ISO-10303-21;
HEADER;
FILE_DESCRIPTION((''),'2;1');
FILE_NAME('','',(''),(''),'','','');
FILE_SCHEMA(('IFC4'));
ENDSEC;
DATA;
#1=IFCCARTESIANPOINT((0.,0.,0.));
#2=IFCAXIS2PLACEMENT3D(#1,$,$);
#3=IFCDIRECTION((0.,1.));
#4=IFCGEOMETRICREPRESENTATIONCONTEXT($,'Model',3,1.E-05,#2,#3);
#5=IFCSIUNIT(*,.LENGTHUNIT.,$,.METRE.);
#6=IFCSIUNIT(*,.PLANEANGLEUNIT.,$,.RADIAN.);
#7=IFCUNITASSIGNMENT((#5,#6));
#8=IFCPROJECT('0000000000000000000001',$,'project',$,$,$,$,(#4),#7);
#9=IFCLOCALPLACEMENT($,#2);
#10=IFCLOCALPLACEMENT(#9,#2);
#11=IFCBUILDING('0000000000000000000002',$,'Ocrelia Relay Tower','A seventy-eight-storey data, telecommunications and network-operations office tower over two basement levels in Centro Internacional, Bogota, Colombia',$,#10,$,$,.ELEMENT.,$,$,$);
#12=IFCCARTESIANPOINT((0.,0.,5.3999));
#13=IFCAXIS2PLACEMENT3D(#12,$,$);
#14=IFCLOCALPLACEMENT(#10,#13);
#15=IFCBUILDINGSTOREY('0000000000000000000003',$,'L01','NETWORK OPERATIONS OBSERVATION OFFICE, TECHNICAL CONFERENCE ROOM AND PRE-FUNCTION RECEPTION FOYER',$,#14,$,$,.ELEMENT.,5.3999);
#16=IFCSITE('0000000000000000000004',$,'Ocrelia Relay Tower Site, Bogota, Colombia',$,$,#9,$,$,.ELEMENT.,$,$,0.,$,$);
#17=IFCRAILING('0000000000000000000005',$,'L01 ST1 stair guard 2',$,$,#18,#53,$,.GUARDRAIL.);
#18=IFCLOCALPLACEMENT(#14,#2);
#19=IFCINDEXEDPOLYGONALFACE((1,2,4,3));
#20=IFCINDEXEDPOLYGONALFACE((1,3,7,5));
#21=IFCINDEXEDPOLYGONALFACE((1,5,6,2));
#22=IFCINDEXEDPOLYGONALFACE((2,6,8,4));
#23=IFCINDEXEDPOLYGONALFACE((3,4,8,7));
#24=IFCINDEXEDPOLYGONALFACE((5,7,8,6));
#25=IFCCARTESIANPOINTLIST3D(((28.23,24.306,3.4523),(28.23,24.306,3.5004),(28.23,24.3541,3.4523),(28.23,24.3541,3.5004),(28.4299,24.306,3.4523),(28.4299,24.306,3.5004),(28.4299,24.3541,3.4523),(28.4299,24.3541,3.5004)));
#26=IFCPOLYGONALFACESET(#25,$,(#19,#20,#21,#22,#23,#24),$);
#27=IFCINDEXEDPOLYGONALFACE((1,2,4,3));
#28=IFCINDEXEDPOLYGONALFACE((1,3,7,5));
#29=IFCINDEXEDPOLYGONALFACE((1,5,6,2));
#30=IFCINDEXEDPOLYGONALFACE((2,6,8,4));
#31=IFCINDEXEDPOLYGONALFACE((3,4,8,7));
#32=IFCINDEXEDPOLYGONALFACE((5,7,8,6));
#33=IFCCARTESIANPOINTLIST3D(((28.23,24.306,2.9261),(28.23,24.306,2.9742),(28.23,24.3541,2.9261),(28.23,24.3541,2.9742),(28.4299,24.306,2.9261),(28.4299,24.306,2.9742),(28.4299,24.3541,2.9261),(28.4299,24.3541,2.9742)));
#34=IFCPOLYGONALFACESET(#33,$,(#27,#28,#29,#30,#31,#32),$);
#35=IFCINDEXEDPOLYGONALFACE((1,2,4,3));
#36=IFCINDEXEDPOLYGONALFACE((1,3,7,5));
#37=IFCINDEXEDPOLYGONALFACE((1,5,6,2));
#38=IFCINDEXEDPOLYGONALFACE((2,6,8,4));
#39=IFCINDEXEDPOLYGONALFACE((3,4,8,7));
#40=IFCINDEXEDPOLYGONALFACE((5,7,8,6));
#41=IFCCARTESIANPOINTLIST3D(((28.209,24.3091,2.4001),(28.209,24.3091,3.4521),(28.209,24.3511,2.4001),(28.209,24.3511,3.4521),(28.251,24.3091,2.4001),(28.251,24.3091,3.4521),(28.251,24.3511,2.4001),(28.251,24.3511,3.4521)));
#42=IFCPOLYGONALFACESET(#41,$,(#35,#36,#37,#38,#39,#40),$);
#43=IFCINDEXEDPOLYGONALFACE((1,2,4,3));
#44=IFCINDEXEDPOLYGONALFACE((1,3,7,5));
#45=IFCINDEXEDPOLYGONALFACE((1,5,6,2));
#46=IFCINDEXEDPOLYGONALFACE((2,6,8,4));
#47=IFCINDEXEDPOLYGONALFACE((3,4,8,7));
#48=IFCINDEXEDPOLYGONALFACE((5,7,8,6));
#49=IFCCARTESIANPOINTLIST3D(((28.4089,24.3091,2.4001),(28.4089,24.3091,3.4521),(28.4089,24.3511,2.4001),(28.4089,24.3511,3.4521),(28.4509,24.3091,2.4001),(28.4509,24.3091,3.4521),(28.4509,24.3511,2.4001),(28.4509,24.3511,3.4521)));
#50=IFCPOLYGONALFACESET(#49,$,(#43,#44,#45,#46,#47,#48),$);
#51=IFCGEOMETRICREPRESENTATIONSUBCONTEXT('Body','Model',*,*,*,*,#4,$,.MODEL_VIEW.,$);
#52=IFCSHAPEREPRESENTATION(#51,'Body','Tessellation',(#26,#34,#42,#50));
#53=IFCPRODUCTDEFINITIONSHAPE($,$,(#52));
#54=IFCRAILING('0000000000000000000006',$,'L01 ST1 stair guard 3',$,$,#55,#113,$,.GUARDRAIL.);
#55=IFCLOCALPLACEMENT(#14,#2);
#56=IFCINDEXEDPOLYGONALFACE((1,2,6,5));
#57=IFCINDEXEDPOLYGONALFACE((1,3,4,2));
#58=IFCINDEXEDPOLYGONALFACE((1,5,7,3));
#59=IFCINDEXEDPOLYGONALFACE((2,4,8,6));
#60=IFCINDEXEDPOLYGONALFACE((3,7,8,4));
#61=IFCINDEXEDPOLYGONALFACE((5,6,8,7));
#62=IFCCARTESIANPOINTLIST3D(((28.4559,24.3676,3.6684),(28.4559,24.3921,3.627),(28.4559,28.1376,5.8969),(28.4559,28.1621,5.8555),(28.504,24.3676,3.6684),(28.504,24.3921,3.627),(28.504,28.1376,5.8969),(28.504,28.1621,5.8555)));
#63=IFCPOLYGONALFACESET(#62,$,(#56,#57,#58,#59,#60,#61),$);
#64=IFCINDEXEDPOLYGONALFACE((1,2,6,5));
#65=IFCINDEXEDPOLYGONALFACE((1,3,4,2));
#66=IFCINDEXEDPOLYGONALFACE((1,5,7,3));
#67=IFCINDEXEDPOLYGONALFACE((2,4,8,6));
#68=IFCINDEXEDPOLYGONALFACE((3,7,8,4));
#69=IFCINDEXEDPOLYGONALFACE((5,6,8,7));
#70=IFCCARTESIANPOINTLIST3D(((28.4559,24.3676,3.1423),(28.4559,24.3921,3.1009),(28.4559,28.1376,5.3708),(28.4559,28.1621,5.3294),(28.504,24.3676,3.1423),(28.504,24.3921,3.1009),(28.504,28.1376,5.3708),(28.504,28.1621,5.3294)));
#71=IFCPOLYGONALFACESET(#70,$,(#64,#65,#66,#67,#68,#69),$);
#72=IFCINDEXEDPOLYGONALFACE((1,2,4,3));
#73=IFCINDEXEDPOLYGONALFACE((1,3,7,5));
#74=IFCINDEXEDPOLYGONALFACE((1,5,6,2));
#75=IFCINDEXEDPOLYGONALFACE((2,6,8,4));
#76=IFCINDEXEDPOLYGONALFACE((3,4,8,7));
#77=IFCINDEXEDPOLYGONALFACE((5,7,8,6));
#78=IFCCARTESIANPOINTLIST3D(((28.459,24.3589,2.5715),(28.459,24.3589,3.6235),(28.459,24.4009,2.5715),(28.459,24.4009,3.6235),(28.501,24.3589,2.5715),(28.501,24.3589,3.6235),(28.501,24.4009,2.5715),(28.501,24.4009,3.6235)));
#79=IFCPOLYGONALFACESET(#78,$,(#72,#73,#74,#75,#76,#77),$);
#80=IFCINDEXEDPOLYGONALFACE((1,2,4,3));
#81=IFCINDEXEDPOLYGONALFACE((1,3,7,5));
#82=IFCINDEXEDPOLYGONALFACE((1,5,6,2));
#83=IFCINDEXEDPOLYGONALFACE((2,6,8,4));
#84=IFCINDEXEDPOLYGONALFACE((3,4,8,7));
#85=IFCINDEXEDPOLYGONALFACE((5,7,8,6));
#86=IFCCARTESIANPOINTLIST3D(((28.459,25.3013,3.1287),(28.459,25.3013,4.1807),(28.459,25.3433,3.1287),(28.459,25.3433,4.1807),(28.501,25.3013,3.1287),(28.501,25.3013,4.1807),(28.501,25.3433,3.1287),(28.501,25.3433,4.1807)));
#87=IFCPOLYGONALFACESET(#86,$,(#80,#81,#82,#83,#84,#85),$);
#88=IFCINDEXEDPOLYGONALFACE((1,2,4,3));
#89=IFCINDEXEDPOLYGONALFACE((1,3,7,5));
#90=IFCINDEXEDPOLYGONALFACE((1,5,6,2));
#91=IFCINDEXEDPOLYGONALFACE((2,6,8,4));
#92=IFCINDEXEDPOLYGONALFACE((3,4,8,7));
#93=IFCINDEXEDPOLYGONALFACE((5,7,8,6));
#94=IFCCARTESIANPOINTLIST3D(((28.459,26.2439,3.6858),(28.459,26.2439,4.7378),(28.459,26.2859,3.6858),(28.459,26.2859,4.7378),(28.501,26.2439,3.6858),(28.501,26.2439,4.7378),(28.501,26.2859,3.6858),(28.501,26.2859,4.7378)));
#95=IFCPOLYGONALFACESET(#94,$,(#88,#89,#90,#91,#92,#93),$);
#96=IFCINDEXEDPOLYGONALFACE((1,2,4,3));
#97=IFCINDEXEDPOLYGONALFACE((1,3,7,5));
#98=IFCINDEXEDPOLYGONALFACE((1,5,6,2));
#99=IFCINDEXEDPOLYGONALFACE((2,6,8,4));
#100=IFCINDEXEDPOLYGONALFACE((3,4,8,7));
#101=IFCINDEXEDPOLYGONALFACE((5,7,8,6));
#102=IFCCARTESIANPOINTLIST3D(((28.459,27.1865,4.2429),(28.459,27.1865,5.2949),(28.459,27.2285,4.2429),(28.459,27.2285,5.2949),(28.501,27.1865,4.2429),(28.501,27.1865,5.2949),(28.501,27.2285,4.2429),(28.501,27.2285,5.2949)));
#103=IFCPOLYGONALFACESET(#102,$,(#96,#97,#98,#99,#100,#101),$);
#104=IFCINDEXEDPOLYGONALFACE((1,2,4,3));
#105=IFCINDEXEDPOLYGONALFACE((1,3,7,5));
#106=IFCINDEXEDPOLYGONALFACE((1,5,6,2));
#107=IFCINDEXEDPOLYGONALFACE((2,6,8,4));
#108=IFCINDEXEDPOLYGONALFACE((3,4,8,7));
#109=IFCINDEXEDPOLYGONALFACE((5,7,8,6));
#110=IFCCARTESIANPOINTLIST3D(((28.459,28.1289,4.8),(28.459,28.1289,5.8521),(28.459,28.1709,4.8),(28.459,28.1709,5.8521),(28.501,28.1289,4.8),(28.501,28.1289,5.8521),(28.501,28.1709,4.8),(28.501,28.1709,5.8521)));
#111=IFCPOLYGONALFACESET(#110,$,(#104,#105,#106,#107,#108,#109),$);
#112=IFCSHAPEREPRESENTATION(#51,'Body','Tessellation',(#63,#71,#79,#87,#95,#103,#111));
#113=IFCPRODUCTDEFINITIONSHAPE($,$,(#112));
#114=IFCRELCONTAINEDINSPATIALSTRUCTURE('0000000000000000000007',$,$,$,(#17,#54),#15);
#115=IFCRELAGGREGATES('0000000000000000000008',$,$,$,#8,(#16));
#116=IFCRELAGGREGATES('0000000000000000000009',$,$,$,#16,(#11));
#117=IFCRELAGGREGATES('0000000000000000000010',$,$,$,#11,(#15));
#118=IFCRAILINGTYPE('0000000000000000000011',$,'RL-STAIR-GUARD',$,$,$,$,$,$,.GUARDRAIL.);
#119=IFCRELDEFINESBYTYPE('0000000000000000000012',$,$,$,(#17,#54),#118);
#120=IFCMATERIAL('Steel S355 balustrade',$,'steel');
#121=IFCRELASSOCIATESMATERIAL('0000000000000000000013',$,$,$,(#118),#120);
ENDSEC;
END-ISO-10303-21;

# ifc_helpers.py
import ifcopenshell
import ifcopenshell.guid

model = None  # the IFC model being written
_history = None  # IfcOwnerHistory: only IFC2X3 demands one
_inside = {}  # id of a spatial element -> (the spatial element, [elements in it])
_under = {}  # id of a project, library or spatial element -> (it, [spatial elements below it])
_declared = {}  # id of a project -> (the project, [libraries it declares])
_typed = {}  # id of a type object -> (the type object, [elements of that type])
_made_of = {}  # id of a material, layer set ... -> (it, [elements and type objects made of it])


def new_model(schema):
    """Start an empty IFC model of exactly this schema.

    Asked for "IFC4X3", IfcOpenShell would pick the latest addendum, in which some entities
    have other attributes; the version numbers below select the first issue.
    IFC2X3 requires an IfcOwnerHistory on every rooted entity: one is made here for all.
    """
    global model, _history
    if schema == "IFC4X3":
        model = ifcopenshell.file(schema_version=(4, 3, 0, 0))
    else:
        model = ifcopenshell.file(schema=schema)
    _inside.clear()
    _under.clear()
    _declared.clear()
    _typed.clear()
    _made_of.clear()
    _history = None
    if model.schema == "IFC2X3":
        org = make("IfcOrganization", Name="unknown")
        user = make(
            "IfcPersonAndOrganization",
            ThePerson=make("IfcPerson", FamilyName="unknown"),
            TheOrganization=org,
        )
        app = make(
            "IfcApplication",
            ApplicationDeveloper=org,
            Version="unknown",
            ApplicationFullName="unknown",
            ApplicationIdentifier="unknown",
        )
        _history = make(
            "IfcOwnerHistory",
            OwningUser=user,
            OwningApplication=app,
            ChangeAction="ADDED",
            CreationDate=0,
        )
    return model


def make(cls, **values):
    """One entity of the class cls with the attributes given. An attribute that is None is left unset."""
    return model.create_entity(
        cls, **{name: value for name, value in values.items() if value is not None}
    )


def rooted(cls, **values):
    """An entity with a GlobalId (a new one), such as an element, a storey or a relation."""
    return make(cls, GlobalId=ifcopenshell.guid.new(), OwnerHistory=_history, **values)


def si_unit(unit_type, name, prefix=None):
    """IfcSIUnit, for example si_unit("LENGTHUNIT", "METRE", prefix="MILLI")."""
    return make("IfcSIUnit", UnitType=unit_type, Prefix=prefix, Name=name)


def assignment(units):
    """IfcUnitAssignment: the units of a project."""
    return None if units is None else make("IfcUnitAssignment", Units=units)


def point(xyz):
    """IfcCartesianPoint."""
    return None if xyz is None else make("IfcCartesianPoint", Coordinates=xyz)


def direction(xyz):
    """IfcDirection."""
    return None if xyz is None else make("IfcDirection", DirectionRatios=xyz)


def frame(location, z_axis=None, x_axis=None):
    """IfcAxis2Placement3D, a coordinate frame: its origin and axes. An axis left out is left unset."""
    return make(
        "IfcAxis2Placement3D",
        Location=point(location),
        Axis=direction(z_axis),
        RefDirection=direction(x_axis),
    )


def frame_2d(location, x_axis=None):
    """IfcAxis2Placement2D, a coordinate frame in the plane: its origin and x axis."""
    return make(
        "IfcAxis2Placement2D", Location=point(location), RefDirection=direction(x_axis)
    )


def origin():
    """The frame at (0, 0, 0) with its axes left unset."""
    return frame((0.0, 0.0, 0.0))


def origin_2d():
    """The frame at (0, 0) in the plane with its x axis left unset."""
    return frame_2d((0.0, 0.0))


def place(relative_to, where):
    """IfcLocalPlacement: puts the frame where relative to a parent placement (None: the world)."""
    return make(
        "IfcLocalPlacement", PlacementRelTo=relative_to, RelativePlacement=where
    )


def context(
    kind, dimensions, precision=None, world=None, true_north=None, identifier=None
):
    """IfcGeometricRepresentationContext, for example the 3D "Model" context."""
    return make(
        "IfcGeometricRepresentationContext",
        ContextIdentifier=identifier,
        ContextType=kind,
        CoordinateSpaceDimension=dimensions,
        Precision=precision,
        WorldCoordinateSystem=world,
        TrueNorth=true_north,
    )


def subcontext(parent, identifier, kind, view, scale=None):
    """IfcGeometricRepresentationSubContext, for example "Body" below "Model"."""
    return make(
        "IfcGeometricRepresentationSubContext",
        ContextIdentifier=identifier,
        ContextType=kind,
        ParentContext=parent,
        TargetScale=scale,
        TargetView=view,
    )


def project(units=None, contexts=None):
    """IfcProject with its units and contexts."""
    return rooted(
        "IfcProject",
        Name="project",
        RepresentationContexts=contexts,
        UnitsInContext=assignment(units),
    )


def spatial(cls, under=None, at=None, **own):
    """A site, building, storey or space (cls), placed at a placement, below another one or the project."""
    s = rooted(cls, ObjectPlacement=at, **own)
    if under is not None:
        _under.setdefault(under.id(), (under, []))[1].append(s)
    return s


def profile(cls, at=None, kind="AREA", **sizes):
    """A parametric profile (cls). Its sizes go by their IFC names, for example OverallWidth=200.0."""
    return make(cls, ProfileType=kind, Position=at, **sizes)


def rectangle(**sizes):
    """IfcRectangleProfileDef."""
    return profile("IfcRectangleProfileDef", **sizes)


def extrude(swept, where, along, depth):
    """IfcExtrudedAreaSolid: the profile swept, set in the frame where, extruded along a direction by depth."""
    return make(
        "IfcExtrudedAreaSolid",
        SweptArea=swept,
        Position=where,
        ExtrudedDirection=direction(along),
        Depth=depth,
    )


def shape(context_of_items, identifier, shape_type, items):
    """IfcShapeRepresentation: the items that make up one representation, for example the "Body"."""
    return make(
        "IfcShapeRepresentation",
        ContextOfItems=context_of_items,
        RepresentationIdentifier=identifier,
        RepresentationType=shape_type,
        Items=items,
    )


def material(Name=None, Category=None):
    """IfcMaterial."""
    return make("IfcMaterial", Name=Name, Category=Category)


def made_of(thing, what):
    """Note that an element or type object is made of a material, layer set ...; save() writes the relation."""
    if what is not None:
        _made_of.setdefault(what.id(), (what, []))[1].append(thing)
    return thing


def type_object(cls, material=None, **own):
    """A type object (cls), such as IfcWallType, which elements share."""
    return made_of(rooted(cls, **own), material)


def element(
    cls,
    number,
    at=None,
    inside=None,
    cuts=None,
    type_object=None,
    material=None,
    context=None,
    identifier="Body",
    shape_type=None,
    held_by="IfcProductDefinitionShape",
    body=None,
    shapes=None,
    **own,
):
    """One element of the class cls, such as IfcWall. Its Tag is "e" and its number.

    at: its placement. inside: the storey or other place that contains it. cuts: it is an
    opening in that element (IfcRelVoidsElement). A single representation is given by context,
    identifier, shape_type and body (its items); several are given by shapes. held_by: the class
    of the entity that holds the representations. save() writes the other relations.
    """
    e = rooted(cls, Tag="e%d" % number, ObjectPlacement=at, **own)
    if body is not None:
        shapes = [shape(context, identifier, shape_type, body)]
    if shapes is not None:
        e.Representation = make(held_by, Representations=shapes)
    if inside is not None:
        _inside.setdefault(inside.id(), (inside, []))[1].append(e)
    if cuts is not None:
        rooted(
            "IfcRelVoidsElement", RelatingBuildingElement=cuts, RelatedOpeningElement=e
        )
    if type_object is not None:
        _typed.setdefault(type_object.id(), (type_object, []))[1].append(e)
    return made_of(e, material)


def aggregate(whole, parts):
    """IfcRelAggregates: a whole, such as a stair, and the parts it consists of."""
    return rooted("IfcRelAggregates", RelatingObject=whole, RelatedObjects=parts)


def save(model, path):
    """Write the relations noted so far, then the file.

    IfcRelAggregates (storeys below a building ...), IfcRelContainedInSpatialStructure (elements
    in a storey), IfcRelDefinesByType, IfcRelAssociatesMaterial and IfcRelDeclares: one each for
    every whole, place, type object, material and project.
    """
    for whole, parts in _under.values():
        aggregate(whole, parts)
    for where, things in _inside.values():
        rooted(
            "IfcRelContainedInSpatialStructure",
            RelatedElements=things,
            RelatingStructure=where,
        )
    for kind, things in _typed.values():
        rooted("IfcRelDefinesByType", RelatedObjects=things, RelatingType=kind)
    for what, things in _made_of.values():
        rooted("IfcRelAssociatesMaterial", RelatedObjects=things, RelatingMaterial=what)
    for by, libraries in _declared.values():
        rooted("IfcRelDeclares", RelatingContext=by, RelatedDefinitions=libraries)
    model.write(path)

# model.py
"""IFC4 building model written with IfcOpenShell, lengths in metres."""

from ifc_helpers import new_model, si_unit, direction, frame, origin, origin_2d, place, context, subcontext, project, spatial, rectangle, extrude, material, type_object, element, save


model = new_model("IFC4")

# Units and contexts
model_context = context("Model", 3, precision=1e-05, world=origin(), true_north=direction((0.0, 1.0)))
body_context = subcontext(model_context, "Body", "Model", "MODEL_VIEW")
ifc_project = project(units=[si_unit("LENGTHUNIT", "METRE"), si_unit("PLANEANGLEUNIT", "RADIAN")], contexts=[model_context])

# Site, building, storey
site_placement = place(None, origin())
site = spatial("IfcSite", under=ifc_project, at=site_placement, Name="Ocrelia Relay Tower Site, Bogota, Colombia", CompositionType="ELEMENT", RefElevation=0.0)
building_placement = place(site_placement, origin())
building = spatial("IfcBuilding", under=site, at=building_placement, Name="Ocrelia Relay Tower", Description="A seventy-eight-storey data, telecommunications and network-operations office tower over two basement levels in Centro Internacional, Bogota, Colombia", CompositionType="ELEMENT")
storey_placement = place(building_placement, frame((0.0, 0.0, 5.3999)))
storey = spatial("IfcBuildingStorey", under=building, at=storey_placement, Name="L01", Description="NETWORK OPERATIONS OBSERVATION OFFICE, TECHNICAL CONFERENCE ROOM AND PRE-FUNCTION RECEPTION FOYER", CompositionType="ELEMENT", Elevation=5.3999)

# Railings
ifc_material_1 = material(Name="Steel S355 balustrade", Category="steel")
railing_type = type_object("IfcRailingType", Name="RL-STAIR-GUARD", PredefinedType="GUARDRAIL", material=ifc_material_1)
railing_1_placement = place(storey_placement, frame((28.23, 24.3301, 2.4001)))
element("IfcRailing", 1, at=railing_1_placement, inside=storey, type_object=railing_type, Name="L01 ST1 stair guard 2", PredefinedType="GUARDRAIL", context=body_context, shape_type="SweptSolid", body=[
    extrude(rectangle(XDim=0.0481, YDim=0.0481, at=origin_2d()), frame((0.0, 0.0, 1.0762), z_axis=(1.0, 0.0, 0.0), x_axis=(0.0, 1.0, 0.0)), (0.0, 0.0, 1.0), 0.2),
    extrude(rectangle(XDim=0.0481, YDim=0.0481, at=origin_2d()), frame((0.0, 0.0, 0.55), z_axis=(1.0, 0.0, 0.0), x_axis=(0.0, 1.0, 0.0)), (0.0, 0.0, 1.0), 0.2),
    extrude(rectangle(XDim=0.042, YDim=0.042, at=origin_2d()), origin(), (0.0, 0.0, 1.0), 1.052),
    extrude(rectangle(XDim=0.042, YDim=0.042, at=origin_2d()), frame((0.2, 0.0, 0.0)), (0.0, 0.0, 1.0), 1.052),
])
railing_2_placement = place(storey_placement, frame((28.48, 24.3799, 2.5715)))
element("IfcRailing", 2, at=railing_2_placement, inside=storey, type_object=railing_type, Name="L01 ST1 stair guard 3", PredefinedType="GUARDRAIL", context=body_context, shape_type="SweptSolid", body=[
    extrude(rectangle(XDim=0.0481, YDim=0.0481, at=origin_2d()), frame((0.0, 0.0, 1.0762), z_axis=(0.0, 0.860849, 0.508861), x_axis=(-1.0, 0.0, 0.0)), (0.0, 0.0, 1.0), 4.3794),
    extrude(rectangle(XDim=0.0481, YDim=0.0481, at=origin_2d()), frame((0.0, 0.0, 0.55), z_axis=(0.0, 0.860849, 0.508861), x_axis=(-1.0, 0.0, 0.0)), (0.0, 0.0, 1.0), 4.3794),
    extrude(rectangle(XDim=0.042, YDim=0.042, at=origin_2d()), origin(), (0.0, 0.0, 1.0), 1.052),
    extrude(rectangle(XDim=0.042, YDim=0.042, at=origin_2d()), frame((0.0, 0.9424, 0.5571)), (0.0, 0.0, 1.0), 1.052),
    extrude(rectangle(XDim=0.042, YDim=0.042, at=origin_2d()), frame((0.0, 1.885, 1.1143)), (0.0, 0.0, 1.0), 1.052),
    extrude(rectangle(XDim=0.042, YDim=0.042, at=origin_2d()), frame((0.0, 2.8276, 1.6714)), (0.0, 0.0, 1.0), 1.052),
    extrude(rectangle(XDim=0.042, YDim=0.042, at=origin_2d()), frame((0.0, 3.77, 2.2285)), (0.0, 0.0, 1.0), 1.052),
])

save(model, "model.ifc")
